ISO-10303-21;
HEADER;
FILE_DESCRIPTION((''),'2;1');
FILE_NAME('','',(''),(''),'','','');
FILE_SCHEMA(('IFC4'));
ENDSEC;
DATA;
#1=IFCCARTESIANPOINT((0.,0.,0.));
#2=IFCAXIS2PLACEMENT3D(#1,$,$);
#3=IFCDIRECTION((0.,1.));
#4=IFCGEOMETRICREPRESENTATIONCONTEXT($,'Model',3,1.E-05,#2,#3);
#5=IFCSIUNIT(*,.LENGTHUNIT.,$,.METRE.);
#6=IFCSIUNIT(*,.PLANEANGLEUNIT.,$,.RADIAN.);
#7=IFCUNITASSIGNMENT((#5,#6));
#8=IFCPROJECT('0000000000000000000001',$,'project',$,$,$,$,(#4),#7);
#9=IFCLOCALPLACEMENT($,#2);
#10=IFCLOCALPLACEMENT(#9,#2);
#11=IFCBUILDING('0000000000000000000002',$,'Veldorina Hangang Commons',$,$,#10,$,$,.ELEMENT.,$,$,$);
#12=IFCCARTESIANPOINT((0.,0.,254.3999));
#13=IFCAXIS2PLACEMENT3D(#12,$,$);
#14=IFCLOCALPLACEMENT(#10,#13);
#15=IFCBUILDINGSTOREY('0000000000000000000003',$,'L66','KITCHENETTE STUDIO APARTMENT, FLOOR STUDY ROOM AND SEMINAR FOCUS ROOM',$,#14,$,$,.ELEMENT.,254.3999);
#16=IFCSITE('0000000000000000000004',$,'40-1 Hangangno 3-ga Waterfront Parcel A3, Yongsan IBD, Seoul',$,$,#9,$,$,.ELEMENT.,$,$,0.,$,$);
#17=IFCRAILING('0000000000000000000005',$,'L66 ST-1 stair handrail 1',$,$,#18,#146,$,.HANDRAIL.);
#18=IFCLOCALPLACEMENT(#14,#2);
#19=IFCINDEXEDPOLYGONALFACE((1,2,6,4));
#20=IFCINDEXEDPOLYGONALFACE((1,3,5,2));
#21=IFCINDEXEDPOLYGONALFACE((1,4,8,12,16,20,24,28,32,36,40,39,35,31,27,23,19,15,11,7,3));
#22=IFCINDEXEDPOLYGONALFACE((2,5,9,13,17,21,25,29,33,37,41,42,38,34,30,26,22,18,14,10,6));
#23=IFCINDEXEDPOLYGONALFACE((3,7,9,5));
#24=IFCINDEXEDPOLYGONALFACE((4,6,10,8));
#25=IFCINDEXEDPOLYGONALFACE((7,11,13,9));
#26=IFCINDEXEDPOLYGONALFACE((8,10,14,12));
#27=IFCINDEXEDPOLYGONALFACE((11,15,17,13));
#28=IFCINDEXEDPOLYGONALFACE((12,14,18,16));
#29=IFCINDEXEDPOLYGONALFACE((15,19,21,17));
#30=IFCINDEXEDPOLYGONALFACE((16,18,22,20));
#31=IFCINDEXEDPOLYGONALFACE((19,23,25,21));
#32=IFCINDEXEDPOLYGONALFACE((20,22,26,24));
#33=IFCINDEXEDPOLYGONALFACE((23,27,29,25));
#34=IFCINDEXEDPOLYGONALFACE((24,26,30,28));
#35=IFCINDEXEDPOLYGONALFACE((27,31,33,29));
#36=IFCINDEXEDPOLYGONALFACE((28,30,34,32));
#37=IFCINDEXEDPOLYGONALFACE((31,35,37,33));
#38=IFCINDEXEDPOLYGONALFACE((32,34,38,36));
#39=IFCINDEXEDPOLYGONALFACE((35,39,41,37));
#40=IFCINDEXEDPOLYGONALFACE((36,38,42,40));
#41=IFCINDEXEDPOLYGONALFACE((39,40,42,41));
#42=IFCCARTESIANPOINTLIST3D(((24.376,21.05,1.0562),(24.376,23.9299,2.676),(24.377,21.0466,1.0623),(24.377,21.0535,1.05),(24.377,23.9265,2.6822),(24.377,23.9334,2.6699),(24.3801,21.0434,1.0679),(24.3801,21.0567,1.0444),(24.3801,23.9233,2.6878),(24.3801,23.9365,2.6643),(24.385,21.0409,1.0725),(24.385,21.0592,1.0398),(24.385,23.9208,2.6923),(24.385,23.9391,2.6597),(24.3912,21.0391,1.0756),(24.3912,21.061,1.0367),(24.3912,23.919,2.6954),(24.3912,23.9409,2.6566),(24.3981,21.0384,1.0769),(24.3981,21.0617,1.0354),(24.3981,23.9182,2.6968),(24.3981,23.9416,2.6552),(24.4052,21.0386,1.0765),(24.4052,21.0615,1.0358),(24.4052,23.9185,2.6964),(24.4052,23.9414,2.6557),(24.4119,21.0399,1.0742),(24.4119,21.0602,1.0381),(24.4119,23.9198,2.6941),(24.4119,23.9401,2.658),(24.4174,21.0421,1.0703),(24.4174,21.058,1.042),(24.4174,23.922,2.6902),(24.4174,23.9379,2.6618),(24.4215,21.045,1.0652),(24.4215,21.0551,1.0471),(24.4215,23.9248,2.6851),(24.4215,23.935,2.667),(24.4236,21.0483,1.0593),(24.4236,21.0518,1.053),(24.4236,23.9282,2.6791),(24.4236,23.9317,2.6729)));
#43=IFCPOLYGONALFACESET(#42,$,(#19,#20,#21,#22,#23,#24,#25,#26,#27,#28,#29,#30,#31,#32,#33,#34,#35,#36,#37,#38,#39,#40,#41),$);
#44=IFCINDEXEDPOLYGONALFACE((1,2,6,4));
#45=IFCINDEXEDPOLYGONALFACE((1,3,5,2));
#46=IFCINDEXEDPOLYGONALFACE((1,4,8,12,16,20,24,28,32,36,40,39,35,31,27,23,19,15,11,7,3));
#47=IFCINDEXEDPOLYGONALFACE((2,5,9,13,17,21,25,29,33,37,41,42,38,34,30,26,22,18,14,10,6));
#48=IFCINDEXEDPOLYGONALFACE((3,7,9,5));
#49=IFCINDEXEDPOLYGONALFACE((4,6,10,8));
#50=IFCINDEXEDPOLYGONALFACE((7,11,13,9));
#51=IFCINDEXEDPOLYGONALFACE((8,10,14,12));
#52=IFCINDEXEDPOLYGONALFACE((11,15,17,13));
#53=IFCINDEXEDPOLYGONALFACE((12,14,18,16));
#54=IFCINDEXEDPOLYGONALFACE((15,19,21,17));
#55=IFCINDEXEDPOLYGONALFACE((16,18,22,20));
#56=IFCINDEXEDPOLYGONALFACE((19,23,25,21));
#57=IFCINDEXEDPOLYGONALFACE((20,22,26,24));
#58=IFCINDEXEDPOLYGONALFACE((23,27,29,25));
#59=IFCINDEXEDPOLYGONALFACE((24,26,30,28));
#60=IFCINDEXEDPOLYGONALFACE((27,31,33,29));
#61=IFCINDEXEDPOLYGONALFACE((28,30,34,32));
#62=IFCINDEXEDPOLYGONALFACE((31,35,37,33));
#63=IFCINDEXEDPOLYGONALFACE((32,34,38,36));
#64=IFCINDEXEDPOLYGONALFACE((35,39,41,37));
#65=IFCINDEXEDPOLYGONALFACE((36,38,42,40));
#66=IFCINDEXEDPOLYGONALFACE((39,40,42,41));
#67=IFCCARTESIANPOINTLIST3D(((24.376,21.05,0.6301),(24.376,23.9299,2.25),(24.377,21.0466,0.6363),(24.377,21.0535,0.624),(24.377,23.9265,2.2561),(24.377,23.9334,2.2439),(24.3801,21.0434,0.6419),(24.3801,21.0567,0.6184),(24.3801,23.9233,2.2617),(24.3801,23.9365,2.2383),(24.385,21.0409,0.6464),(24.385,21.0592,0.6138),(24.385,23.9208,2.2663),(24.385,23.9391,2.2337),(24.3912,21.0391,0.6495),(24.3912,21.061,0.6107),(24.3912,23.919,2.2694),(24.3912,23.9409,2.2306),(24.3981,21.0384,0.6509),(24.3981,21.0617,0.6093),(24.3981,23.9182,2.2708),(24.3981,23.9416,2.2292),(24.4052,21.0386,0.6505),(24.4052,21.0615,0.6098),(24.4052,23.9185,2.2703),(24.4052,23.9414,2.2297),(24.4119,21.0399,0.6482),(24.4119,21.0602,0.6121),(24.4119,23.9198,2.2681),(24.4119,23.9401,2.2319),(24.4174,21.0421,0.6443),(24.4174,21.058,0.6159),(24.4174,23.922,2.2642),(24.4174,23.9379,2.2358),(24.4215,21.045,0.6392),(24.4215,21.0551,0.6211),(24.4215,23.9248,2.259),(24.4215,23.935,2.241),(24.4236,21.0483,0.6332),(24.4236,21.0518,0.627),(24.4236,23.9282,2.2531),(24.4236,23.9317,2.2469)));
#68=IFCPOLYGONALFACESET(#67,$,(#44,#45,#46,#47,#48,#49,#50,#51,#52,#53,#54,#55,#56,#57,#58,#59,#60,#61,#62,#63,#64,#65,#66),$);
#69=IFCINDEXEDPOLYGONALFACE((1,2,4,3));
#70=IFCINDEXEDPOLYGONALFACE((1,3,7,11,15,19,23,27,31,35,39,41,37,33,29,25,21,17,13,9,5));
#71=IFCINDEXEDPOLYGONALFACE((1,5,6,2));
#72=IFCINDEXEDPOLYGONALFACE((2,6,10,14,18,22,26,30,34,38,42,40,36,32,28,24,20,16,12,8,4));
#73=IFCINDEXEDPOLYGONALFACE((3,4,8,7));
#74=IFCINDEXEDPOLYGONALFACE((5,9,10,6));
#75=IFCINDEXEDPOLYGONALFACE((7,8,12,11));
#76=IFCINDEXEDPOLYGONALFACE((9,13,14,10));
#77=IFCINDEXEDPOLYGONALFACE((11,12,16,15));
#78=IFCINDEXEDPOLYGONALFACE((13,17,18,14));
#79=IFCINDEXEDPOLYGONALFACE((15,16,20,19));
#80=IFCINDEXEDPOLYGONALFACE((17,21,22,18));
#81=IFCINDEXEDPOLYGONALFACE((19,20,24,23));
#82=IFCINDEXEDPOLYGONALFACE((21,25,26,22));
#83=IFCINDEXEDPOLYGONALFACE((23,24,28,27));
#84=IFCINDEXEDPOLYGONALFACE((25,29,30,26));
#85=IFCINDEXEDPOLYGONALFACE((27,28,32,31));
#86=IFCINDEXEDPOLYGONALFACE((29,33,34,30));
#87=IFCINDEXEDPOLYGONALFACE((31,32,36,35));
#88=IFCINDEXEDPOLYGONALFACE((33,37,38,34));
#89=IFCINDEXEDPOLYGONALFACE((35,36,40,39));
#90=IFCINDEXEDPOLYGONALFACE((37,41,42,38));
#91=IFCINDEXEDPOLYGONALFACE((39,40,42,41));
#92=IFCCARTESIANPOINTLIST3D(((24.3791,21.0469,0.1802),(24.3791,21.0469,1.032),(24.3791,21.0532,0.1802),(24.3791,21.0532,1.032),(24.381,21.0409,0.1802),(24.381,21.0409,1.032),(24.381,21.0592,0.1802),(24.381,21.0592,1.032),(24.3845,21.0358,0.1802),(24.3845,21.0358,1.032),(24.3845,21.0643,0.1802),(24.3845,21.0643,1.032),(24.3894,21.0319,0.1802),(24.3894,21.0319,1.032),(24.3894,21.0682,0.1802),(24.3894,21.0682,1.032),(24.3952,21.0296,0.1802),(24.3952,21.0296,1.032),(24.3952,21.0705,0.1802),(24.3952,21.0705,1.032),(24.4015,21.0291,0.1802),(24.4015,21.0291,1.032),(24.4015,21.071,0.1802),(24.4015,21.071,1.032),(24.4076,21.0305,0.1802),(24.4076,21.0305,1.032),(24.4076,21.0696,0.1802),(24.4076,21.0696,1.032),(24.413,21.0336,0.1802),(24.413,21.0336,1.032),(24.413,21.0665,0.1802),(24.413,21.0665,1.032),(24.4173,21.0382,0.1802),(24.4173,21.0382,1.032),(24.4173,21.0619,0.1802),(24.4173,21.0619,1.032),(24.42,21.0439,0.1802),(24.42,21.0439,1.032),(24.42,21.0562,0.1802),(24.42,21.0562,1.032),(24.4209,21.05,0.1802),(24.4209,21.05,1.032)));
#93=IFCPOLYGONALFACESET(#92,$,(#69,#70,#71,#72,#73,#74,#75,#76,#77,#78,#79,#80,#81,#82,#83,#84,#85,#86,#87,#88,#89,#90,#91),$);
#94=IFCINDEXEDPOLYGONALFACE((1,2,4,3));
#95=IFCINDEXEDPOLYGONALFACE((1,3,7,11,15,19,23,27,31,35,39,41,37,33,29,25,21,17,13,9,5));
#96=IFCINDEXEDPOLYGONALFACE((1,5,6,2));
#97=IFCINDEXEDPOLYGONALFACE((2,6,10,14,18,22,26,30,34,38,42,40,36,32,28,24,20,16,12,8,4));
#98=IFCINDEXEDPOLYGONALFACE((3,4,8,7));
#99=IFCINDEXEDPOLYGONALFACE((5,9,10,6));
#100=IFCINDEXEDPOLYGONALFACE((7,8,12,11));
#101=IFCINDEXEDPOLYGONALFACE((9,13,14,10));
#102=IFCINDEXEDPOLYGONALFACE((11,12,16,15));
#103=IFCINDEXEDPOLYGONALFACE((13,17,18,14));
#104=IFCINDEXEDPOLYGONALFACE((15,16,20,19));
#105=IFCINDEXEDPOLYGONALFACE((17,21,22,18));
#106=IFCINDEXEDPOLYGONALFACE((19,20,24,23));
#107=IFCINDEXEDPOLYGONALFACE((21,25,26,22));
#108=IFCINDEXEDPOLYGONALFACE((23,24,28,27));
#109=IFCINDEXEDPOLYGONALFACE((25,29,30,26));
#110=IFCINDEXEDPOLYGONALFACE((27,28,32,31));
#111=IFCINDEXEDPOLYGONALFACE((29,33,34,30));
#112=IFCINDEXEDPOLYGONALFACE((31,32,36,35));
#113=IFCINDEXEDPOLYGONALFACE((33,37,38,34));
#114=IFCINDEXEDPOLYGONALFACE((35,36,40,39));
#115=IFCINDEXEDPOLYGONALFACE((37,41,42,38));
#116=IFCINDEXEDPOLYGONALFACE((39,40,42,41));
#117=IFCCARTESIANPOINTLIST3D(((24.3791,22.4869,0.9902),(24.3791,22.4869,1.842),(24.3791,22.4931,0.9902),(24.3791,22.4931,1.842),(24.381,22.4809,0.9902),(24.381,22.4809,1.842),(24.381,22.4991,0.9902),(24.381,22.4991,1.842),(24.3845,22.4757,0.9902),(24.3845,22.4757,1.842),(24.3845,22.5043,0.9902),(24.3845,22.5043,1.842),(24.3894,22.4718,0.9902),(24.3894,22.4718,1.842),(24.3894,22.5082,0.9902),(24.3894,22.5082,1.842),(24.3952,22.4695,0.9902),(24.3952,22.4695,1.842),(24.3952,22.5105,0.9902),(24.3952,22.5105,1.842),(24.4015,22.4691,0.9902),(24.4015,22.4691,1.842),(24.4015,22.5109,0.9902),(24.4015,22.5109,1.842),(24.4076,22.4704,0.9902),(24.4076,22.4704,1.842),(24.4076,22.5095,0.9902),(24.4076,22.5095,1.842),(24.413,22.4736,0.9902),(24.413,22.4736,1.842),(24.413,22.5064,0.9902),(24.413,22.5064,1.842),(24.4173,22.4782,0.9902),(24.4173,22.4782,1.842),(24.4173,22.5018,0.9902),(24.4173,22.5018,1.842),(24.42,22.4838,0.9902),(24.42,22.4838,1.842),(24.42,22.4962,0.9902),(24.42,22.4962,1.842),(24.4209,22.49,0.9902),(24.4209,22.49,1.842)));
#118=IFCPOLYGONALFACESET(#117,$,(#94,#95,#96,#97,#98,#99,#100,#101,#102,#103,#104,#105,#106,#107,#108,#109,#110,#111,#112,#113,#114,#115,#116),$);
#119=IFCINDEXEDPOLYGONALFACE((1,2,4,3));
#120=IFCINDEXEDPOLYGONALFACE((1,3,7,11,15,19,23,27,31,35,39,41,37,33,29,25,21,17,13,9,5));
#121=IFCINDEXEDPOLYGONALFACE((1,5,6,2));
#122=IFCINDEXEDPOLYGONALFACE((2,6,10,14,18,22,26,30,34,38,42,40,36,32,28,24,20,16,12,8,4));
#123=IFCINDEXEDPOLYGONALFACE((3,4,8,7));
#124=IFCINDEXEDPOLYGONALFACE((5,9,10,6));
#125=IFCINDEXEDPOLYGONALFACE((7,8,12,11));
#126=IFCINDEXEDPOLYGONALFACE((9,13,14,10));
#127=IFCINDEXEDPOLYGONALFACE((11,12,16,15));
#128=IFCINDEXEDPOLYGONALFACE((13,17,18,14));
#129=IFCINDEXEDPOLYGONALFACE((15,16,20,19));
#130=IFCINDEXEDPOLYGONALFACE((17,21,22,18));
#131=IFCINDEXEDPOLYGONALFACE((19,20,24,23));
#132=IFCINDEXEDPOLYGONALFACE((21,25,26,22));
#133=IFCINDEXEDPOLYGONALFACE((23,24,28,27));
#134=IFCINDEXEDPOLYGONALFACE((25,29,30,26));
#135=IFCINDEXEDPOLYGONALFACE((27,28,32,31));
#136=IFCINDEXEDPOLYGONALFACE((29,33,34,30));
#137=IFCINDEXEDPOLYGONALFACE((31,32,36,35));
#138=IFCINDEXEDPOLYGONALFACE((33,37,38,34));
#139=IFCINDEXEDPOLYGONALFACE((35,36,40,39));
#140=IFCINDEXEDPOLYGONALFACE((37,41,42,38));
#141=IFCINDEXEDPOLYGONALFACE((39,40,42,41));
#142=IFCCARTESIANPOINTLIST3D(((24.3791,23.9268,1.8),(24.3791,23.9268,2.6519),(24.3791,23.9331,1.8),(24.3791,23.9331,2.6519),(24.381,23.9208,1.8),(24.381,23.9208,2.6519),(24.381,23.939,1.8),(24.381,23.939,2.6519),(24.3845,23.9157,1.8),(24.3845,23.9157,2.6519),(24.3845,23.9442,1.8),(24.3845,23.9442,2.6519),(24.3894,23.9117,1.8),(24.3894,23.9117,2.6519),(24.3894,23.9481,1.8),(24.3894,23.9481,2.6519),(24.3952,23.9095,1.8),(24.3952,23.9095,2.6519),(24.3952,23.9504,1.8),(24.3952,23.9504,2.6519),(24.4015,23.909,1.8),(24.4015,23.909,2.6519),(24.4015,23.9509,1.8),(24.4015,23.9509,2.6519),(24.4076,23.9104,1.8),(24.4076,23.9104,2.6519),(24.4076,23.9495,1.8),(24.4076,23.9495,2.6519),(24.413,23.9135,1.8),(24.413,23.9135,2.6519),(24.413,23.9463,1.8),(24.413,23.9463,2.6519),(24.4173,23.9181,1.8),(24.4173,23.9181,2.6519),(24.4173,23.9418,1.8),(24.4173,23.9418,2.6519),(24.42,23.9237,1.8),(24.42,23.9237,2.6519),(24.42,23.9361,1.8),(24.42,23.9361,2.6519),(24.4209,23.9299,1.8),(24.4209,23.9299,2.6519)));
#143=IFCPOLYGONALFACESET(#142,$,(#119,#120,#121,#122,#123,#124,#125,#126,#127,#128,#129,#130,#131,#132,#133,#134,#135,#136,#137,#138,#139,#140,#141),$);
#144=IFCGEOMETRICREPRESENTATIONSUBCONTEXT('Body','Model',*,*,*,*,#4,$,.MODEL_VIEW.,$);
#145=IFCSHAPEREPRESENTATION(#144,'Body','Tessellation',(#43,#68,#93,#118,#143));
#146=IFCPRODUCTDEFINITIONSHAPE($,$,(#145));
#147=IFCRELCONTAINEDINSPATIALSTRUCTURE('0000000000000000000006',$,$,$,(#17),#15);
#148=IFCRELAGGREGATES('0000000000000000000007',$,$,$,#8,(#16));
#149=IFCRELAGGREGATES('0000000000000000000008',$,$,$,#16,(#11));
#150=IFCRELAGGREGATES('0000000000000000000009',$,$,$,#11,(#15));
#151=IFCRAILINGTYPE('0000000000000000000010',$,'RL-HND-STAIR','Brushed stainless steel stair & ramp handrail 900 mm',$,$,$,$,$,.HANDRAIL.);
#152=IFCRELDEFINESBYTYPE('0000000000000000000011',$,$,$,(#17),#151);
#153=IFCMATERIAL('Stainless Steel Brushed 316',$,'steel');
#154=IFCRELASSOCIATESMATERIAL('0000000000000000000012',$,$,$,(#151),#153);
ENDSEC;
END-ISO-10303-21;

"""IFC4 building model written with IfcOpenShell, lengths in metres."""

from ifc_helpers import new_model, si_unit, direction, frame, origin, origin_2d, place, context, subcontext, project, spatial, circle, extrude, material, type_object, element, save


model = new_model("IFC4")

# Units and contexts
model_context = context("Model", 3, precision=1e-05, world=origin(), true_north=direction((0.0, 1.0)))
body_context = subcontext(model_context, "Body", "Model", "MODEL_VIEW")
ifc_project = project(units=[si_unit("LENGTHUNIT", "METRE"), si_unit("PLANEANGLEUNIT", "RADIAN")], contexts=[model_context])

# Site, building, storey
site_placement = place(None, origin())
site = spatial("IfcSite", under=ifc_project, at=site_placement, Name="40-1 Hangangno 3-ga Waterfront Parcel A3, Yongsan IBD, Seoul", CompositionType="ELEMENT", RefElevation=0.0)
building_placement = place(site_placement, origin())
building = spatial("IfcBuilding", under=site, at=building_placement, Name="Veldorina Hangang Commons", CompositionType="ELEMENT")
storey_placement = place(building_placement, frame((0.0, 0.0, 254.3999)))
storey = spatial("IfcBuildingStorey", under=building, at=storey_placement, Name="L66", Description="KITCHENETTE STUDIO APARTMENT, FLOOR STUDY ROOM AND SEMINAR FOCUS ROOM", CompositionType="ELEMENT", Elevation=254.3999)

# Railing
ifc_material_1 = material(Name="Stainless Steel Brushed 316", Category="steel")
railing_type_1 = type_object("IfcRailingType", Name="RL-HND-STAIR", Description="Brushed stainless steel stair & ramp handrail 900 mm", PredefinedType="HANDRAIL", material=ifc_material_1)
railing_1_placement = place(storey_placement, frame((24.3999, 21.05, 0.1802)))
element("IfcRailing", 1, at=railing_1_placement, inside=storey, type_object=railing_type_1, Name="L66 ST-1 stair handrail 1", PredefinedType="HANDRAIL", context=body_context, shape_type="SweptSolid", body=[
    extrude(circle(Radius=0.0239, at=origin_2d()), frame((0.0, 0.0, 0.876), z_axis=(0.0, 0.871583, 0.490247), x_axis=(-1.0, 0.0, 0.0)), (0.0, 0.0, 1.0), 3.3042),
    extrude(circle(Radius=0.0239, at=origin_2d()), frame((0.0, 0.0, 0.45), z_axis=(0.0, 0.871583, 0.490247), x_axis=(-1.0, 0.0, 0.0)), (0.0, 0.0, 1.0), 3.3042),
    extrude(circle(Radius=0.021, at=origin_2d()), origin(), (0.0, 0.0, 1.0), 0.8518),
    extrude(circle(Radius=0.021, at=origin_2d()), frame((0.0, 1.4399, 0.8101)), (0.0, 0.0, 1.0), 0.8518),
    extrude(circle(Radius=0.021, at=origin_2d()), frame((0.0, 2.8799, 1.6199)), (0.0, 0.0, 1.0), 0.8518),
])

save(model, "model.ifc")
